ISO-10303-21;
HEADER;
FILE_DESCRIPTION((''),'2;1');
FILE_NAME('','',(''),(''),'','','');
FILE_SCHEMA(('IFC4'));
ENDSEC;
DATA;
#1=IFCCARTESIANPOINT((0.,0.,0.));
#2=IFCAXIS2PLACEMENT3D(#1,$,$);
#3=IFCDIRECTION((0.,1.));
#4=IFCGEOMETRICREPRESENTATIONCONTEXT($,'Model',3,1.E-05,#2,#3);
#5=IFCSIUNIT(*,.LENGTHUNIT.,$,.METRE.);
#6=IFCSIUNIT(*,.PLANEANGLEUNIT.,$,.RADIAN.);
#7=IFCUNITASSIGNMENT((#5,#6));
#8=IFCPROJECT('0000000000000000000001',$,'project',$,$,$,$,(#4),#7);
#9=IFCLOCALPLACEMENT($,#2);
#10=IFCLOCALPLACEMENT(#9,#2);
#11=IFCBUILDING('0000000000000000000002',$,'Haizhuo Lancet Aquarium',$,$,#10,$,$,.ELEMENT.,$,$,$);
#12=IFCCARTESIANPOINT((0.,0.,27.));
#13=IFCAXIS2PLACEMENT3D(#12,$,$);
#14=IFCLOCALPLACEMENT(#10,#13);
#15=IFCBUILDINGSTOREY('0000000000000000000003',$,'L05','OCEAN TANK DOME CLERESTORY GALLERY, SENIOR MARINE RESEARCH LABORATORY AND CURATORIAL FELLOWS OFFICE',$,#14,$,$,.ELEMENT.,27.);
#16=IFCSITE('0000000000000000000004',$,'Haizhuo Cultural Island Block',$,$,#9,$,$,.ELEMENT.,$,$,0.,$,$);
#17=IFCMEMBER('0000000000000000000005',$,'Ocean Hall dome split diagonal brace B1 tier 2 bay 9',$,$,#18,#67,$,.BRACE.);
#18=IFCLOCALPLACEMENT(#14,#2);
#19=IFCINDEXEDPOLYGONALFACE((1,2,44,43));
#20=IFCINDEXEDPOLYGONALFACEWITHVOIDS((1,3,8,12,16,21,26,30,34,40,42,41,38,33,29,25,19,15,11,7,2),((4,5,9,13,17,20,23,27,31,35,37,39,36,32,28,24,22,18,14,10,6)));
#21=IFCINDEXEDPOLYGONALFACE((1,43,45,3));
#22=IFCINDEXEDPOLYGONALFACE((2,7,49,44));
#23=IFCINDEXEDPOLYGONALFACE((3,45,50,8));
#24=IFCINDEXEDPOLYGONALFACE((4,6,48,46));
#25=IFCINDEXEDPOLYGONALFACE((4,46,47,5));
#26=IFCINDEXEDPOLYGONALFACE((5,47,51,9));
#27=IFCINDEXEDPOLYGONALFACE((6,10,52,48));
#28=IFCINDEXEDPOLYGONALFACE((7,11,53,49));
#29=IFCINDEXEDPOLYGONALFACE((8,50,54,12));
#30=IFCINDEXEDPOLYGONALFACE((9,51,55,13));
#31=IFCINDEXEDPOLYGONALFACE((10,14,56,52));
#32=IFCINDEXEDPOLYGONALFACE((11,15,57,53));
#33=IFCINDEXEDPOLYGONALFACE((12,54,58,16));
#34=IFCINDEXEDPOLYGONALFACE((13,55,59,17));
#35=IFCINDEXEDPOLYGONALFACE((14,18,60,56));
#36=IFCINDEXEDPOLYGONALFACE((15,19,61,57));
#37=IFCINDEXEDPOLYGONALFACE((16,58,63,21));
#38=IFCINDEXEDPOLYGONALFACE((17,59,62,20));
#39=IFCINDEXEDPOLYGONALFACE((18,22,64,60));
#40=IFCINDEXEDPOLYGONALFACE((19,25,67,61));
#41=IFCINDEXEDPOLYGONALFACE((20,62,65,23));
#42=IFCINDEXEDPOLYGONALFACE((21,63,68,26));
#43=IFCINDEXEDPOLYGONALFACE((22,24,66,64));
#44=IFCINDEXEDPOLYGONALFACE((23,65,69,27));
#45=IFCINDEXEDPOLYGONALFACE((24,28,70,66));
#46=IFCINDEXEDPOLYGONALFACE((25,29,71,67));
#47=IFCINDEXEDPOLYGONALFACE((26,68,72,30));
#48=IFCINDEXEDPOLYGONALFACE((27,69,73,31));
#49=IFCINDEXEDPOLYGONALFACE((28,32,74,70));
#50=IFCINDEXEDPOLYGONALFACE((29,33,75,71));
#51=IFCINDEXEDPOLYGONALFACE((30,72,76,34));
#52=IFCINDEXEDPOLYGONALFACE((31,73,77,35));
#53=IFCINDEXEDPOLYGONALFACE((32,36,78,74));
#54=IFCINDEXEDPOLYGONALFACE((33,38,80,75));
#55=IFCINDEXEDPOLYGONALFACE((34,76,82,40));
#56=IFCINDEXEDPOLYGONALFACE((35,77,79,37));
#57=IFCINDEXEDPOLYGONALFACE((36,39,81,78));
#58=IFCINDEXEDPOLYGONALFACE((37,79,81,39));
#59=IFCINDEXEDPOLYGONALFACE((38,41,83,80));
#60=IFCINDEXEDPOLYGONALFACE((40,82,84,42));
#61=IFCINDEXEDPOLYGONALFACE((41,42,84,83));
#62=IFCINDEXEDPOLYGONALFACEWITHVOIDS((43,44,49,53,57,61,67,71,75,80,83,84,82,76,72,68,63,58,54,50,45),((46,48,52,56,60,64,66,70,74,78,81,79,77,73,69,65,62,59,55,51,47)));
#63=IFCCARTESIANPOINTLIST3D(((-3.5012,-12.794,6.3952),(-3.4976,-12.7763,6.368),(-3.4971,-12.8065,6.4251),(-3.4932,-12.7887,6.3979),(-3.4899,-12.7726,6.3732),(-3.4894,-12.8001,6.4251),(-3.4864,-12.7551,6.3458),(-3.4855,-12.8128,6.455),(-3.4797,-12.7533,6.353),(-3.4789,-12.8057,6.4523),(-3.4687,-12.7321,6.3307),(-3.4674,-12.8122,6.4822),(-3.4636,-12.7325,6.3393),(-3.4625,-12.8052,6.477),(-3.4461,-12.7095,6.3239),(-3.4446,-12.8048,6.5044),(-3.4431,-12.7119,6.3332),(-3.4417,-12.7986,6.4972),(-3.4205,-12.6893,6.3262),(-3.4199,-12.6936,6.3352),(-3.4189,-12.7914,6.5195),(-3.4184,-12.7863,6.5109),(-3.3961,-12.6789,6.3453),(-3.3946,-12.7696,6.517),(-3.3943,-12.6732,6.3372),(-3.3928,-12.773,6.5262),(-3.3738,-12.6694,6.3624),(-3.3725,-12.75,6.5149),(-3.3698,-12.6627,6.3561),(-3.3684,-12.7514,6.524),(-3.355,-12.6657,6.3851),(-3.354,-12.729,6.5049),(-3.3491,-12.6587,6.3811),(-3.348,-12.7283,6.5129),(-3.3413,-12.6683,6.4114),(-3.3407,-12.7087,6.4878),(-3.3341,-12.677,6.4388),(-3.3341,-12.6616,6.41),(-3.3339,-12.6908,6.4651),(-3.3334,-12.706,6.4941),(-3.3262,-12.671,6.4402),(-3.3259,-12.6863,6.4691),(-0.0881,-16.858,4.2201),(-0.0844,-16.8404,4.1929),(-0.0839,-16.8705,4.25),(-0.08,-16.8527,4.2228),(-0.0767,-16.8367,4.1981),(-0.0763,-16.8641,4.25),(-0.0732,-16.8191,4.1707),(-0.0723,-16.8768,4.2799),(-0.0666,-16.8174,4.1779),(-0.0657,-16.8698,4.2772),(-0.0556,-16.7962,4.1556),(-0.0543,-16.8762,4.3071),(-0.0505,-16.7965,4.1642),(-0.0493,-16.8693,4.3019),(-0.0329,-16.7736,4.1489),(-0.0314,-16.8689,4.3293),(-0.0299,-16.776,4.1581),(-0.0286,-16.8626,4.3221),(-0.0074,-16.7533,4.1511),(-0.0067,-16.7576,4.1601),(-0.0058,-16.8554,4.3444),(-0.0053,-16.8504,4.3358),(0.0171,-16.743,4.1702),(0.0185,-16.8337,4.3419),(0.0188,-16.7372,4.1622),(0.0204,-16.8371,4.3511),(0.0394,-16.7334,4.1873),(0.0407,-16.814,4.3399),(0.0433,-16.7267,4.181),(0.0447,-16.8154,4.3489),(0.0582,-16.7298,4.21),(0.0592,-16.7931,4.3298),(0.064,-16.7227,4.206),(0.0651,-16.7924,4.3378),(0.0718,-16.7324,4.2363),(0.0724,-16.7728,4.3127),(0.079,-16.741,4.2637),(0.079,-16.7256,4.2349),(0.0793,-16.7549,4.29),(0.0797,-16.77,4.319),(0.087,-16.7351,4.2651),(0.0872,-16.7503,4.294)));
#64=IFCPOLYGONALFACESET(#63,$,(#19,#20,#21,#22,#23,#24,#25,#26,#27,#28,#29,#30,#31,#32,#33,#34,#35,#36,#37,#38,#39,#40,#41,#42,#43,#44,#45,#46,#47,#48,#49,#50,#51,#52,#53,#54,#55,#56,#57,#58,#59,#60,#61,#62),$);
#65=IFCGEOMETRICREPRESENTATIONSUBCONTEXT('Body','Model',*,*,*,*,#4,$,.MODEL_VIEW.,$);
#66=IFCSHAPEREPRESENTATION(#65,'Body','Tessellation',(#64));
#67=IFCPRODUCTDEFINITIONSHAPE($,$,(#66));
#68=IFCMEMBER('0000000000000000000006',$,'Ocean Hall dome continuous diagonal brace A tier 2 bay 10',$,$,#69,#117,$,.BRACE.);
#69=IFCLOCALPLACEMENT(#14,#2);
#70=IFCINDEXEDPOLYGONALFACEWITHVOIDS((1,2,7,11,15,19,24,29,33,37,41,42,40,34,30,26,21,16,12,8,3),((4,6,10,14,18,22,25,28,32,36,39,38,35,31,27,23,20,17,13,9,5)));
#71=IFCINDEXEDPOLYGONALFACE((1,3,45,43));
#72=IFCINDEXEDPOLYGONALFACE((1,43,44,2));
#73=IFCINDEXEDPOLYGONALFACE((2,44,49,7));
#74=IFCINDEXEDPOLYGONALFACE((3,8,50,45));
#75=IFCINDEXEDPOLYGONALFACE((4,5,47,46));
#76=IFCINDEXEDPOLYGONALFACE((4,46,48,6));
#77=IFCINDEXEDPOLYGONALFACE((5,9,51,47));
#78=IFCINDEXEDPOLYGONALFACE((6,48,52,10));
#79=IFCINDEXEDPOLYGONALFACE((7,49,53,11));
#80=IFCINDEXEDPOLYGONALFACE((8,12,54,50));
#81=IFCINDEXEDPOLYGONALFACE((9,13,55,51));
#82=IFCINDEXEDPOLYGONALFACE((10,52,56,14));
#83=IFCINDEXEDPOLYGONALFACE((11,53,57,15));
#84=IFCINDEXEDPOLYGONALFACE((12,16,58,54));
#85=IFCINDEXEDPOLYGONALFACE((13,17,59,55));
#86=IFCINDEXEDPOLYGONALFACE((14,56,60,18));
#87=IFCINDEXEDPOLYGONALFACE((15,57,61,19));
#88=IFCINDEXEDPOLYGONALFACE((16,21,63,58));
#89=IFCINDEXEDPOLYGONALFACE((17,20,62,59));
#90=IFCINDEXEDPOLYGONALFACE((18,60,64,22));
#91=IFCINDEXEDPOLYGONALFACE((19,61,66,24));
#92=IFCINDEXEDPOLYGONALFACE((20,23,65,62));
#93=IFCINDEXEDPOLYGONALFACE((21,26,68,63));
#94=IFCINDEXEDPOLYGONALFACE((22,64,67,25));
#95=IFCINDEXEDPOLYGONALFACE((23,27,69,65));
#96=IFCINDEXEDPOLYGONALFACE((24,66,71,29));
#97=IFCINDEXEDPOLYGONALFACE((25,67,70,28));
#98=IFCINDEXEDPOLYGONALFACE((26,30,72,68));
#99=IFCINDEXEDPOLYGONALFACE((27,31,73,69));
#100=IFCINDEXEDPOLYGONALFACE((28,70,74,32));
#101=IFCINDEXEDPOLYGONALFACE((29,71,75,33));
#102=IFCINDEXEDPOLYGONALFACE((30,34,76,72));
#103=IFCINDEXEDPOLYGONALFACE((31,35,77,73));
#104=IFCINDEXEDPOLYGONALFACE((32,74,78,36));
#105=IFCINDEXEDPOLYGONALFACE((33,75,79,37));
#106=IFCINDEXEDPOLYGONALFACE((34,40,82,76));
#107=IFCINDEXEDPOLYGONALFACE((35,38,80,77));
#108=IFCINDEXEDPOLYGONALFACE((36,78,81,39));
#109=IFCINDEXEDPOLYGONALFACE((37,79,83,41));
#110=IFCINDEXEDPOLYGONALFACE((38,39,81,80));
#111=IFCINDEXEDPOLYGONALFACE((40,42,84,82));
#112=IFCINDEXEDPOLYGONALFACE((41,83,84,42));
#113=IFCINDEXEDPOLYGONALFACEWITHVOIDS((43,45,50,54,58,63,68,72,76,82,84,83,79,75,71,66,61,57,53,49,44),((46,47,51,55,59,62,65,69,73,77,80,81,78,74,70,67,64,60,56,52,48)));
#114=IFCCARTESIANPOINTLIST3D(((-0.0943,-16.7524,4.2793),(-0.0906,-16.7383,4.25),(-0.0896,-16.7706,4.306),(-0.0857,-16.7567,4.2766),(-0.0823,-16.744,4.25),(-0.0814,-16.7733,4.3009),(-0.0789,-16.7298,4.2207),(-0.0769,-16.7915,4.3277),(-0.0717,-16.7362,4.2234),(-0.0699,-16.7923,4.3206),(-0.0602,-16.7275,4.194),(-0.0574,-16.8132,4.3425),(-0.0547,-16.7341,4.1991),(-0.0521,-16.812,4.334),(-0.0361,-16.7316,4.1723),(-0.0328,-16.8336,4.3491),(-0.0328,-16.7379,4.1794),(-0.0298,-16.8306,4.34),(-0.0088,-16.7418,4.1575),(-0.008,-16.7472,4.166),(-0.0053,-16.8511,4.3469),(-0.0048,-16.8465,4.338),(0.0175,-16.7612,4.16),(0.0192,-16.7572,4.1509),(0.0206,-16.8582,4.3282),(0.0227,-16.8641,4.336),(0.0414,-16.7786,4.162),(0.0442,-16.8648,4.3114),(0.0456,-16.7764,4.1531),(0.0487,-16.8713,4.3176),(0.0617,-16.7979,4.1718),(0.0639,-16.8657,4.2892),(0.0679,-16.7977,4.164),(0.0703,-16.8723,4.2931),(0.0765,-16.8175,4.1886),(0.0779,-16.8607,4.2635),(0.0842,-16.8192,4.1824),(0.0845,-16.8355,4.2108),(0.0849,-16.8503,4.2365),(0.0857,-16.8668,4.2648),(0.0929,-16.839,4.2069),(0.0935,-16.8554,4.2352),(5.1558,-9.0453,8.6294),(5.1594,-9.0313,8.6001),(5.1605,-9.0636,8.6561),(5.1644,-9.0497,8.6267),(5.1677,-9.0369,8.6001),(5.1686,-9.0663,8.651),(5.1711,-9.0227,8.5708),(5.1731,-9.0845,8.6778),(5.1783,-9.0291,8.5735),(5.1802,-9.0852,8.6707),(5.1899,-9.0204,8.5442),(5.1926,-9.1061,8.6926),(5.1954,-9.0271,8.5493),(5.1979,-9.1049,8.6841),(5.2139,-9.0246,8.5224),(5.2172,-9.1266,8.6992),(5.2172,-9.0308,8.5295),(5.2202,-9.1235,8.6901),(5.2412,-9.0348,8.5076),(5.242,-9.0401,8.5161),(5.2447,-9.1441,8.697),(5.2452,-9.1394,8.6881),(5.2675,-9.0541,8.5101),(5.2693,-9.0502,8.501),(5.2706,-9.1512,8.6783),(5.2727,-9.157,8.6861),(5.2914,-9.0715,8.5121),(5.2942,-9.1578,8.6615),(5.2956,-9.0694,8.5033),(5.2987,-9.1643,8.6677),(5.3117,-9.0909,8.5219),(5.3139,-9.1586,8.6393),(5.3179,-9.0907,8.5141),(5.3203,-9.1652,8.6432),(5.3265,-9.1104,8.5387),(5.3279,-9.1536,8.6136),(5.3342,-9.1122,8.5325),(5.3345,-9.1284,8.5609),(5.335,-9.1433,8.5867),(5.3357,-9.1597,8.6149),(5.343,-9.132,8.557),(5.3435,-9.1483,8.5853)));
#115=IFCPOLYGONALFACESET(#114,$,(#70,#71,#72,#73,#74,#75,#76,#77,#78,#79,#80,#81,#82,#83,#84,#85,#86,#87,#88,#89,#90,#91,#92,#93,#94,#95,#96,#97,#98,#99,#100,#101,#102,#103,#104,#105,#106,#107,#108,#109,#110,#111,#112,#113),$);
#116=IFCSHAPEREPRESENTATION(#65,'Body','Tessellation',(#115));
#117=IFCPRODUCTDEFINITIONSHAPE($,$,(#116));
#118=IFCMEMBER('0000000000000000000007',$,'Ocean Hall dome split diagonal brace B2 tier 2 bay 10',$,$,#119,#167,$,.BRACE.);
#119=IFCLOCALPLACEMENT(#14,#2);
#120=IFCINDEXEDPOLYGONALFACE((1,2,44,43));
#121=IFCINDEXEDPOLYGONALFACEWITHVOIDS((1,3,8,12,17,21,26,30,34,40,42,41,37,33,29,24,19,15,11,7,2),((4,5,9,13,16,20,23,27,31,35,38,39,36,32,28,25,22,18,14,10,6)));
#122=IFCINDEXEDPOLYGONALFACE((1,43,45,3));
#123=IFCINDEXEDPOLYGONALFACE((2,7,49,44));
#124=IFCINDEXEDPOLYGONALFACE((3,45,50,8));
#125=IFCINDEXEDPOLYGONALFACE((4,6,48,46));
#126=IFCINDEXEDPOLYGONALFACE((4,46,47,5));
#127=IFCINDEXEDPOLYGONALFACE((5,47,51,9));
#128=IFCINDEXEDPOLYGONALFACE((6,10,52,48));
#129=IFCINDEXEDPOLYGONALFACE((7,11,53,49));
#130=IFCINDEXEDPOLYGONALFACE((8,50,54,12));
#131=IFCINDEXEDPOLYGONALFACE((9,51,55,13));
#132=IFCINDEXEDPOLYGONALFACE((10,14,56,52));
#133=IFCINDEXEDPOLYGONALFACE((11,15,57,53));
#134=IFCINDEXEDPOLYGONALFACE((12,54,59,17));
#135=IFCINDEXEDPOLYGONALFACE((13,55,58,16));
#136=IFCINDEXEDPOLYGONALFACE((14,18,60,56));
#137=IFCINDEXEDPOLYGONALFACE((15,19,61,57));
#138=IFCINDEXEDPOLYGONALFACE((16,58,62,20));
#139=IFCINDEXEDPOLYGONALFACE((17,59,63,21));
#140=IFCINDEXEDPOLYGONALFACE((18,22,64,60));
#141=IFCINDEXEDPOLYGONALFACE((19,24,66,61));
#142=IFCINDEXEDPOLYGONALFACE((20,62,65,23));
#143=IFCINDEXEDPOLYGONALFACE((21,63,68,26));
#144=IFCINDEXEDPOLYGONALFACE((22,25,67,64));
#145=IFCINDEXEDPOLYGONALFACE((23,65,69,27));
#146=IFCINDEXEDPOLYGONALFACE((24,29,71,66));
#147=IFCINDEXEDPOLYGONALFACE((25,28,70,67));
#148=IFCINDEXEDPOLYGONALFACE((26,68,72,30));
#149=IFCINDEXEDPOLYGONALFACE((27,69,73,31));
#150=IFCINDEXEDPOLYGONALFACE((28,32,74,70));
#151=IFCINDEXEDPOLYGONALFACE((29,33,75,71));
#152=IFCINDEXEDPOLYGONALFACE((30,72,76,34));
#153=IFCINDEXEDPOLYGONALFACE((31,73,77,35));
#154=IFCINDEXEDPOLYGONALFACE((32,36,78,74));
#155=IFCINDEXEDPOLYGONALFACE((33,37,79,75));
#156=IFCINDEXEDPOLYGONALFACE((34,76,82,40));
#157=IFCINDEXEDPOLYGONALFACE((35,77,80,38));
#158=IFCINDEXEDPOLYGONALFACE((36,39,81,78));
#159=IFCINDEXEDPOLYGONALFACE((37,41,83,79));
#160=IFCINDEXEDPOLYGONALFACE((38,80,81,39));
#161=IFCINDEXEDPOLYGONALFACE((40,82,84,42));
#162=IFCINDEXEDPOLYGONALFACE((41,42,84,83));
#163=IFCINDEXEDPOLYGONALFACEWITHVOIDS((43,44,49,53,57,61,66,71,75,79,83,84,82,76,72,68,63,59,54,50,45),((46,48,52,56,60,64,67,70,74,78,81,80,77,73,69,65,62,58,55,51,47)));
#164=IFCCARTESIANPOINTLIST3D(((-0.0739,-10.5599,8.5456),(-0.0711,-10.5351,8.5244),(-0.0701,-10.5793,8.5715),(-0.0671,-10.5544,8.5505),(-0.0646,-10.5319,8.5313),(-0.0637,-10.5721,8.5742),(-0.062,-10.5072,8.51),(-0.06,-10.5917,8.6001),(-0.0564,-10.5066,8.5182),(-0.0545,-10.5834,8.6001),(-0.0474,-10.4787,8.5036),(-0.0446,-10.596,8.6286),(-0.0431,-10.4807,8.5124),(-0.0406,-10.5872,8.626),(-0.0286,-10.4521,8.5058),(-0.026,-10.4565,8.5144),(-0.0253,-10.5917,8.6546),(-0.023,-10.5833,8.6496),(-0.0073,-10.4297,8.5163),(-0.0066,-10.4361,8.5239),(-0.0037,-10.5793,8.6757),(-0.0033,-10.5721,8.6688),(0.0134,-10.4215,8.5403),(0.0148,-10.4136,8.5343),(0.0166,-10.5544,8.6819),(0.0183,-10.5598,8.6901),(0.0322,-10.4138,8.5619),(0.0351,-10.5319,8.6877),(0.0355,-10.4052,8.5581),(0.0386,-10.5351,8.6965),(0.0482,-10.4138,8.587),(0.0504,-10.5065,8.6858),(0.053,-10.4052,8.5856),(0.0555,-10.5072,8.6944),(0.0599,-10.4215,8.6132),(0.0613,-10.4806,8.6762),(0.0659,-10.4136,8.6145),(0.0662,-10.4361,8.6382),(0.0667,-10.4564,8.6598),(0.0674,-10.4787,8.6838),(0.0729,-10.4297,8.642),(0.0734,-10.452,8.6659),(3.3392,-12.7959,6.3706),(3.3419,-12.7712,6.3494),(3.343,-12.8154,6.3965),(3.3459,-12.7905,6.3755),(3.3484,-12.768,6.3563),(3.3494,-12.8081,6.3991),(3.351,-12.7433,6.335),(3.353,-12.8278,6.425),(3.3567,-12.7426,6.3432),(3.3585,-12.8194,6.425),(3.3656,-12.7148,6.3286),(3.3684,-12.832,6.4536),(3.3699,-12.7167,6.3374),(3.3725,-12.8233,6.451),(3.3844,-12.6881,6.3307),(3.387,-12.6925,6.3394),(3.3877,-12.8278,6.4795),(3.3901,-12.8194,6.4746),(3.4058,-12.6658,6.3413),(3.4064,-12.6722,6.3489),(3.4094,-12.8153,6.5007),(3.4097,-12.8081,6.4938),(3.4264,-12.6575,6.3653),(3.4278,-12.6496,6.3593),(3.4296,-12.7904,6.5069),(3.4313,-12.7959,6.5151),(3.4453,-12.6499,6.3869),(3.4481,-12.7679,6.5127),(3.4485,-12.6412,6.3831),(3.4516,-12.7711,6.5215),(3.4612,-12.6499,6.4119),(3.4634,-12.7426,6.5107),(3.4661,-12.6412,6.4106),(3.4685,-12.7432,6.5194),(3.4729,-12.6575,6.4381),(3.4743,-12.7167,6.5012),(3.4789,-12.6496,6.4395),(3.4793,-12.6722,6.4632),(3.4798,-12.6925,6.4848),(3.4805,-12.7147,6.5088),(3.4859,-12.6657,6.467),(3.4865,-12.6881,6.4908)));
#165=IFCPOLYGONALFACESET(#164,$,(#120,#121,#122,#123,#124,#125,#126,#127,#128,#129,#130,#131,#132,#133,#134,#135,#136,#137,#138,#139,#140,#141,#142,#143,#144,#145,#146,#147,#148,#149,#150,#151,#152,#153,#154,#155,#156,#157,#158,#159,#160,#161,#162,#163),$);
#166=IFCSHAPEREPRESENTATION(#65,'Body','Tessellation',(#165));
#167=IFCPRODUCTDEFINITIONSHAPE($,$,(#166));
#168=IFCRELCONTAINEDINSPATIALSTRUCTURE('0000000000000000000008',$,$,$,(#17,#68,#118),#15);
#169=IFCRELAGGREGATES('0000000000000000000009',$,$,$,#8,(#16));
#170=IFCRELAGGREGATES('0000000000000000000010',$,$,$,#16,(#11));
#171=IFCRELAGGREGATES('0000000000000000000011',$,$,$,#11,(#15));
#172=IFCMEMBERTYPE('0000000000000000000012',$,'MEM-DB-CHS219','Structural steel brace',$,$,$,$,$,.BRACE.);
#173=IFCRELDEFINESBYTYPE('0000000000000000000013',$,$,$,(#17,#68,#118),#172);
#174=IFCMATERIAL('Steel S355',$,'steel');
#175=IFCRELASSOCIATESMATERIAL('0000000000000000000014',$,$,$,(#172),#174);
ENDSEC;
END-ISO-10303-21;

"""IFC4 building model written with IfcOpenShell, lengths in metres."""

from ifc_helpers import new_model, si_unit, direction, frame, origin, origin_2d, place, context, subcontext, project, spatial, hollow_circle, extrude, material, material_profile, profile_set, type_object, element, save


model = new_model("IFC4")

# Units and contexts
model_context = context("Model", 3, precision=1e-05, world=origin(), true_north=direction((0.0, 1.0)))
body_context = subcontext(model_context, "Body", "Model", "MODEL_VIEW")
ifc_project = project(units=[si_unit("LENGTHUNIT", "METRE"), si_unit("PLANEANGLEUNIT", "RADIAN")], contexts=[model_context])

# Site, building, storey
site_placement = place(None, origin())
site = spatial("IfcSite", under=ifc_project, at=site_placement, Name="Haizhuo Cultural Island Block", CompositionType="ELEMENT", RefElevation=0.0)
building_placement = place(site_placement, origin())
building = spatial("IfcBuilding", under=site, at=building_placement, Name="Haizhuo Lancet Aquarium", CompositionType="ELEMENT")
storey_placement = place(building_placement, frame((0.0, 0.0, 27.0)))
storey = spatial("IfcBuildingStorey", under=building, at=storey_placement, Name="L05", Description="OCEAN TANK DOME CLERESTORY GALLERY, SENIOR MARINE RESEARCH LABORATORY AND CURATORIAL FELLOWS OFFICE", CompositionType="ELEMENT", Elevation=27.0)

# Members
ifc_material_1 = material(Name="Steel S355", Category="steel")
ifc_material_profile_1 = material_profile(ifc_material_1, hollow_circle(Radius=0.1096, WallThickness=0.01, at=origin_2d()), Name="CHS 219x10")
ifc_profile_set_1 = profile_set([ifc_material_profile_1], Name="Steel S355")
member_type_1 = type_object("IfcMemberType", Name="MEM-DB-CHS219", Description="Structural steel brace", PredefinedType="BRACE", material=ifc_profile_set_1)
member_1_placement = place(storey_placement, frame((0.0, -16.8, 4.25), z_axis=(-0.595082, 0.708565, 0.379227), x_axis=(-0.765765, -0.643121, 0.0)))
element("IfcMember", 1, at=member_1_placement, inside=storey, type_object=member_type_1, Name="Ocean Hall dome split diagonal brace B1 tier 2 bay 9", PredefinedType="BRACE", context=body_context, shape_type="SweptSolid", body=[
    extrude(hollow_circle(Radius=0.1096, WallThickness=0.01, at=origin_2d()), origin(), (0.0, 0.0, 1.0), 5.7356),
])
member_2_placement = place(storey_placement, frame((0.0, -16.8, 4.25), z_axis=(0.510204, 0.748982, 0.42275), x_axis=(-0.826467, 0.562986, 0.0)))
element("IfcMember", 2, at=member_2_placement, inside=storey, type_object=member_type_1, Name="Ocean Hall dome continuous diagonal brace A tier 2 bay 10", PredefinedType="BRACE", context=body_context, shape_type="SweptSolid", body=[
    extrude(hollow_circle(Radius=0.1096, WallThickness=0.01, at=origin_2d()), origin(), (0.0, 0.0, 1.0), 10.29),
])
member_3_placement = place(storey_placement, frame((3.4131, -12.7361, 6.425), z_axis=(-0.738147, 0.483597, 0.470397), x_axis=(-0.548013, -0.83647, 0.0)))
element("IfcMember", 3, at=member_3_placement, inside=storey, type_object=member_type_1, Name="Ocean Hall dome split diagonal brace B2 tier 2 bay 10", PredefinedType="BRACE", context=body_context, shape_type="SweptSolid", body=[
    extrude(hollow_circle(Radius=0.1096, WallThickness=0.01, at=origin_2d()), origin(), (0.0, 0.0, 1.0), 4.6238),
])

save(model, "model.ifc")
